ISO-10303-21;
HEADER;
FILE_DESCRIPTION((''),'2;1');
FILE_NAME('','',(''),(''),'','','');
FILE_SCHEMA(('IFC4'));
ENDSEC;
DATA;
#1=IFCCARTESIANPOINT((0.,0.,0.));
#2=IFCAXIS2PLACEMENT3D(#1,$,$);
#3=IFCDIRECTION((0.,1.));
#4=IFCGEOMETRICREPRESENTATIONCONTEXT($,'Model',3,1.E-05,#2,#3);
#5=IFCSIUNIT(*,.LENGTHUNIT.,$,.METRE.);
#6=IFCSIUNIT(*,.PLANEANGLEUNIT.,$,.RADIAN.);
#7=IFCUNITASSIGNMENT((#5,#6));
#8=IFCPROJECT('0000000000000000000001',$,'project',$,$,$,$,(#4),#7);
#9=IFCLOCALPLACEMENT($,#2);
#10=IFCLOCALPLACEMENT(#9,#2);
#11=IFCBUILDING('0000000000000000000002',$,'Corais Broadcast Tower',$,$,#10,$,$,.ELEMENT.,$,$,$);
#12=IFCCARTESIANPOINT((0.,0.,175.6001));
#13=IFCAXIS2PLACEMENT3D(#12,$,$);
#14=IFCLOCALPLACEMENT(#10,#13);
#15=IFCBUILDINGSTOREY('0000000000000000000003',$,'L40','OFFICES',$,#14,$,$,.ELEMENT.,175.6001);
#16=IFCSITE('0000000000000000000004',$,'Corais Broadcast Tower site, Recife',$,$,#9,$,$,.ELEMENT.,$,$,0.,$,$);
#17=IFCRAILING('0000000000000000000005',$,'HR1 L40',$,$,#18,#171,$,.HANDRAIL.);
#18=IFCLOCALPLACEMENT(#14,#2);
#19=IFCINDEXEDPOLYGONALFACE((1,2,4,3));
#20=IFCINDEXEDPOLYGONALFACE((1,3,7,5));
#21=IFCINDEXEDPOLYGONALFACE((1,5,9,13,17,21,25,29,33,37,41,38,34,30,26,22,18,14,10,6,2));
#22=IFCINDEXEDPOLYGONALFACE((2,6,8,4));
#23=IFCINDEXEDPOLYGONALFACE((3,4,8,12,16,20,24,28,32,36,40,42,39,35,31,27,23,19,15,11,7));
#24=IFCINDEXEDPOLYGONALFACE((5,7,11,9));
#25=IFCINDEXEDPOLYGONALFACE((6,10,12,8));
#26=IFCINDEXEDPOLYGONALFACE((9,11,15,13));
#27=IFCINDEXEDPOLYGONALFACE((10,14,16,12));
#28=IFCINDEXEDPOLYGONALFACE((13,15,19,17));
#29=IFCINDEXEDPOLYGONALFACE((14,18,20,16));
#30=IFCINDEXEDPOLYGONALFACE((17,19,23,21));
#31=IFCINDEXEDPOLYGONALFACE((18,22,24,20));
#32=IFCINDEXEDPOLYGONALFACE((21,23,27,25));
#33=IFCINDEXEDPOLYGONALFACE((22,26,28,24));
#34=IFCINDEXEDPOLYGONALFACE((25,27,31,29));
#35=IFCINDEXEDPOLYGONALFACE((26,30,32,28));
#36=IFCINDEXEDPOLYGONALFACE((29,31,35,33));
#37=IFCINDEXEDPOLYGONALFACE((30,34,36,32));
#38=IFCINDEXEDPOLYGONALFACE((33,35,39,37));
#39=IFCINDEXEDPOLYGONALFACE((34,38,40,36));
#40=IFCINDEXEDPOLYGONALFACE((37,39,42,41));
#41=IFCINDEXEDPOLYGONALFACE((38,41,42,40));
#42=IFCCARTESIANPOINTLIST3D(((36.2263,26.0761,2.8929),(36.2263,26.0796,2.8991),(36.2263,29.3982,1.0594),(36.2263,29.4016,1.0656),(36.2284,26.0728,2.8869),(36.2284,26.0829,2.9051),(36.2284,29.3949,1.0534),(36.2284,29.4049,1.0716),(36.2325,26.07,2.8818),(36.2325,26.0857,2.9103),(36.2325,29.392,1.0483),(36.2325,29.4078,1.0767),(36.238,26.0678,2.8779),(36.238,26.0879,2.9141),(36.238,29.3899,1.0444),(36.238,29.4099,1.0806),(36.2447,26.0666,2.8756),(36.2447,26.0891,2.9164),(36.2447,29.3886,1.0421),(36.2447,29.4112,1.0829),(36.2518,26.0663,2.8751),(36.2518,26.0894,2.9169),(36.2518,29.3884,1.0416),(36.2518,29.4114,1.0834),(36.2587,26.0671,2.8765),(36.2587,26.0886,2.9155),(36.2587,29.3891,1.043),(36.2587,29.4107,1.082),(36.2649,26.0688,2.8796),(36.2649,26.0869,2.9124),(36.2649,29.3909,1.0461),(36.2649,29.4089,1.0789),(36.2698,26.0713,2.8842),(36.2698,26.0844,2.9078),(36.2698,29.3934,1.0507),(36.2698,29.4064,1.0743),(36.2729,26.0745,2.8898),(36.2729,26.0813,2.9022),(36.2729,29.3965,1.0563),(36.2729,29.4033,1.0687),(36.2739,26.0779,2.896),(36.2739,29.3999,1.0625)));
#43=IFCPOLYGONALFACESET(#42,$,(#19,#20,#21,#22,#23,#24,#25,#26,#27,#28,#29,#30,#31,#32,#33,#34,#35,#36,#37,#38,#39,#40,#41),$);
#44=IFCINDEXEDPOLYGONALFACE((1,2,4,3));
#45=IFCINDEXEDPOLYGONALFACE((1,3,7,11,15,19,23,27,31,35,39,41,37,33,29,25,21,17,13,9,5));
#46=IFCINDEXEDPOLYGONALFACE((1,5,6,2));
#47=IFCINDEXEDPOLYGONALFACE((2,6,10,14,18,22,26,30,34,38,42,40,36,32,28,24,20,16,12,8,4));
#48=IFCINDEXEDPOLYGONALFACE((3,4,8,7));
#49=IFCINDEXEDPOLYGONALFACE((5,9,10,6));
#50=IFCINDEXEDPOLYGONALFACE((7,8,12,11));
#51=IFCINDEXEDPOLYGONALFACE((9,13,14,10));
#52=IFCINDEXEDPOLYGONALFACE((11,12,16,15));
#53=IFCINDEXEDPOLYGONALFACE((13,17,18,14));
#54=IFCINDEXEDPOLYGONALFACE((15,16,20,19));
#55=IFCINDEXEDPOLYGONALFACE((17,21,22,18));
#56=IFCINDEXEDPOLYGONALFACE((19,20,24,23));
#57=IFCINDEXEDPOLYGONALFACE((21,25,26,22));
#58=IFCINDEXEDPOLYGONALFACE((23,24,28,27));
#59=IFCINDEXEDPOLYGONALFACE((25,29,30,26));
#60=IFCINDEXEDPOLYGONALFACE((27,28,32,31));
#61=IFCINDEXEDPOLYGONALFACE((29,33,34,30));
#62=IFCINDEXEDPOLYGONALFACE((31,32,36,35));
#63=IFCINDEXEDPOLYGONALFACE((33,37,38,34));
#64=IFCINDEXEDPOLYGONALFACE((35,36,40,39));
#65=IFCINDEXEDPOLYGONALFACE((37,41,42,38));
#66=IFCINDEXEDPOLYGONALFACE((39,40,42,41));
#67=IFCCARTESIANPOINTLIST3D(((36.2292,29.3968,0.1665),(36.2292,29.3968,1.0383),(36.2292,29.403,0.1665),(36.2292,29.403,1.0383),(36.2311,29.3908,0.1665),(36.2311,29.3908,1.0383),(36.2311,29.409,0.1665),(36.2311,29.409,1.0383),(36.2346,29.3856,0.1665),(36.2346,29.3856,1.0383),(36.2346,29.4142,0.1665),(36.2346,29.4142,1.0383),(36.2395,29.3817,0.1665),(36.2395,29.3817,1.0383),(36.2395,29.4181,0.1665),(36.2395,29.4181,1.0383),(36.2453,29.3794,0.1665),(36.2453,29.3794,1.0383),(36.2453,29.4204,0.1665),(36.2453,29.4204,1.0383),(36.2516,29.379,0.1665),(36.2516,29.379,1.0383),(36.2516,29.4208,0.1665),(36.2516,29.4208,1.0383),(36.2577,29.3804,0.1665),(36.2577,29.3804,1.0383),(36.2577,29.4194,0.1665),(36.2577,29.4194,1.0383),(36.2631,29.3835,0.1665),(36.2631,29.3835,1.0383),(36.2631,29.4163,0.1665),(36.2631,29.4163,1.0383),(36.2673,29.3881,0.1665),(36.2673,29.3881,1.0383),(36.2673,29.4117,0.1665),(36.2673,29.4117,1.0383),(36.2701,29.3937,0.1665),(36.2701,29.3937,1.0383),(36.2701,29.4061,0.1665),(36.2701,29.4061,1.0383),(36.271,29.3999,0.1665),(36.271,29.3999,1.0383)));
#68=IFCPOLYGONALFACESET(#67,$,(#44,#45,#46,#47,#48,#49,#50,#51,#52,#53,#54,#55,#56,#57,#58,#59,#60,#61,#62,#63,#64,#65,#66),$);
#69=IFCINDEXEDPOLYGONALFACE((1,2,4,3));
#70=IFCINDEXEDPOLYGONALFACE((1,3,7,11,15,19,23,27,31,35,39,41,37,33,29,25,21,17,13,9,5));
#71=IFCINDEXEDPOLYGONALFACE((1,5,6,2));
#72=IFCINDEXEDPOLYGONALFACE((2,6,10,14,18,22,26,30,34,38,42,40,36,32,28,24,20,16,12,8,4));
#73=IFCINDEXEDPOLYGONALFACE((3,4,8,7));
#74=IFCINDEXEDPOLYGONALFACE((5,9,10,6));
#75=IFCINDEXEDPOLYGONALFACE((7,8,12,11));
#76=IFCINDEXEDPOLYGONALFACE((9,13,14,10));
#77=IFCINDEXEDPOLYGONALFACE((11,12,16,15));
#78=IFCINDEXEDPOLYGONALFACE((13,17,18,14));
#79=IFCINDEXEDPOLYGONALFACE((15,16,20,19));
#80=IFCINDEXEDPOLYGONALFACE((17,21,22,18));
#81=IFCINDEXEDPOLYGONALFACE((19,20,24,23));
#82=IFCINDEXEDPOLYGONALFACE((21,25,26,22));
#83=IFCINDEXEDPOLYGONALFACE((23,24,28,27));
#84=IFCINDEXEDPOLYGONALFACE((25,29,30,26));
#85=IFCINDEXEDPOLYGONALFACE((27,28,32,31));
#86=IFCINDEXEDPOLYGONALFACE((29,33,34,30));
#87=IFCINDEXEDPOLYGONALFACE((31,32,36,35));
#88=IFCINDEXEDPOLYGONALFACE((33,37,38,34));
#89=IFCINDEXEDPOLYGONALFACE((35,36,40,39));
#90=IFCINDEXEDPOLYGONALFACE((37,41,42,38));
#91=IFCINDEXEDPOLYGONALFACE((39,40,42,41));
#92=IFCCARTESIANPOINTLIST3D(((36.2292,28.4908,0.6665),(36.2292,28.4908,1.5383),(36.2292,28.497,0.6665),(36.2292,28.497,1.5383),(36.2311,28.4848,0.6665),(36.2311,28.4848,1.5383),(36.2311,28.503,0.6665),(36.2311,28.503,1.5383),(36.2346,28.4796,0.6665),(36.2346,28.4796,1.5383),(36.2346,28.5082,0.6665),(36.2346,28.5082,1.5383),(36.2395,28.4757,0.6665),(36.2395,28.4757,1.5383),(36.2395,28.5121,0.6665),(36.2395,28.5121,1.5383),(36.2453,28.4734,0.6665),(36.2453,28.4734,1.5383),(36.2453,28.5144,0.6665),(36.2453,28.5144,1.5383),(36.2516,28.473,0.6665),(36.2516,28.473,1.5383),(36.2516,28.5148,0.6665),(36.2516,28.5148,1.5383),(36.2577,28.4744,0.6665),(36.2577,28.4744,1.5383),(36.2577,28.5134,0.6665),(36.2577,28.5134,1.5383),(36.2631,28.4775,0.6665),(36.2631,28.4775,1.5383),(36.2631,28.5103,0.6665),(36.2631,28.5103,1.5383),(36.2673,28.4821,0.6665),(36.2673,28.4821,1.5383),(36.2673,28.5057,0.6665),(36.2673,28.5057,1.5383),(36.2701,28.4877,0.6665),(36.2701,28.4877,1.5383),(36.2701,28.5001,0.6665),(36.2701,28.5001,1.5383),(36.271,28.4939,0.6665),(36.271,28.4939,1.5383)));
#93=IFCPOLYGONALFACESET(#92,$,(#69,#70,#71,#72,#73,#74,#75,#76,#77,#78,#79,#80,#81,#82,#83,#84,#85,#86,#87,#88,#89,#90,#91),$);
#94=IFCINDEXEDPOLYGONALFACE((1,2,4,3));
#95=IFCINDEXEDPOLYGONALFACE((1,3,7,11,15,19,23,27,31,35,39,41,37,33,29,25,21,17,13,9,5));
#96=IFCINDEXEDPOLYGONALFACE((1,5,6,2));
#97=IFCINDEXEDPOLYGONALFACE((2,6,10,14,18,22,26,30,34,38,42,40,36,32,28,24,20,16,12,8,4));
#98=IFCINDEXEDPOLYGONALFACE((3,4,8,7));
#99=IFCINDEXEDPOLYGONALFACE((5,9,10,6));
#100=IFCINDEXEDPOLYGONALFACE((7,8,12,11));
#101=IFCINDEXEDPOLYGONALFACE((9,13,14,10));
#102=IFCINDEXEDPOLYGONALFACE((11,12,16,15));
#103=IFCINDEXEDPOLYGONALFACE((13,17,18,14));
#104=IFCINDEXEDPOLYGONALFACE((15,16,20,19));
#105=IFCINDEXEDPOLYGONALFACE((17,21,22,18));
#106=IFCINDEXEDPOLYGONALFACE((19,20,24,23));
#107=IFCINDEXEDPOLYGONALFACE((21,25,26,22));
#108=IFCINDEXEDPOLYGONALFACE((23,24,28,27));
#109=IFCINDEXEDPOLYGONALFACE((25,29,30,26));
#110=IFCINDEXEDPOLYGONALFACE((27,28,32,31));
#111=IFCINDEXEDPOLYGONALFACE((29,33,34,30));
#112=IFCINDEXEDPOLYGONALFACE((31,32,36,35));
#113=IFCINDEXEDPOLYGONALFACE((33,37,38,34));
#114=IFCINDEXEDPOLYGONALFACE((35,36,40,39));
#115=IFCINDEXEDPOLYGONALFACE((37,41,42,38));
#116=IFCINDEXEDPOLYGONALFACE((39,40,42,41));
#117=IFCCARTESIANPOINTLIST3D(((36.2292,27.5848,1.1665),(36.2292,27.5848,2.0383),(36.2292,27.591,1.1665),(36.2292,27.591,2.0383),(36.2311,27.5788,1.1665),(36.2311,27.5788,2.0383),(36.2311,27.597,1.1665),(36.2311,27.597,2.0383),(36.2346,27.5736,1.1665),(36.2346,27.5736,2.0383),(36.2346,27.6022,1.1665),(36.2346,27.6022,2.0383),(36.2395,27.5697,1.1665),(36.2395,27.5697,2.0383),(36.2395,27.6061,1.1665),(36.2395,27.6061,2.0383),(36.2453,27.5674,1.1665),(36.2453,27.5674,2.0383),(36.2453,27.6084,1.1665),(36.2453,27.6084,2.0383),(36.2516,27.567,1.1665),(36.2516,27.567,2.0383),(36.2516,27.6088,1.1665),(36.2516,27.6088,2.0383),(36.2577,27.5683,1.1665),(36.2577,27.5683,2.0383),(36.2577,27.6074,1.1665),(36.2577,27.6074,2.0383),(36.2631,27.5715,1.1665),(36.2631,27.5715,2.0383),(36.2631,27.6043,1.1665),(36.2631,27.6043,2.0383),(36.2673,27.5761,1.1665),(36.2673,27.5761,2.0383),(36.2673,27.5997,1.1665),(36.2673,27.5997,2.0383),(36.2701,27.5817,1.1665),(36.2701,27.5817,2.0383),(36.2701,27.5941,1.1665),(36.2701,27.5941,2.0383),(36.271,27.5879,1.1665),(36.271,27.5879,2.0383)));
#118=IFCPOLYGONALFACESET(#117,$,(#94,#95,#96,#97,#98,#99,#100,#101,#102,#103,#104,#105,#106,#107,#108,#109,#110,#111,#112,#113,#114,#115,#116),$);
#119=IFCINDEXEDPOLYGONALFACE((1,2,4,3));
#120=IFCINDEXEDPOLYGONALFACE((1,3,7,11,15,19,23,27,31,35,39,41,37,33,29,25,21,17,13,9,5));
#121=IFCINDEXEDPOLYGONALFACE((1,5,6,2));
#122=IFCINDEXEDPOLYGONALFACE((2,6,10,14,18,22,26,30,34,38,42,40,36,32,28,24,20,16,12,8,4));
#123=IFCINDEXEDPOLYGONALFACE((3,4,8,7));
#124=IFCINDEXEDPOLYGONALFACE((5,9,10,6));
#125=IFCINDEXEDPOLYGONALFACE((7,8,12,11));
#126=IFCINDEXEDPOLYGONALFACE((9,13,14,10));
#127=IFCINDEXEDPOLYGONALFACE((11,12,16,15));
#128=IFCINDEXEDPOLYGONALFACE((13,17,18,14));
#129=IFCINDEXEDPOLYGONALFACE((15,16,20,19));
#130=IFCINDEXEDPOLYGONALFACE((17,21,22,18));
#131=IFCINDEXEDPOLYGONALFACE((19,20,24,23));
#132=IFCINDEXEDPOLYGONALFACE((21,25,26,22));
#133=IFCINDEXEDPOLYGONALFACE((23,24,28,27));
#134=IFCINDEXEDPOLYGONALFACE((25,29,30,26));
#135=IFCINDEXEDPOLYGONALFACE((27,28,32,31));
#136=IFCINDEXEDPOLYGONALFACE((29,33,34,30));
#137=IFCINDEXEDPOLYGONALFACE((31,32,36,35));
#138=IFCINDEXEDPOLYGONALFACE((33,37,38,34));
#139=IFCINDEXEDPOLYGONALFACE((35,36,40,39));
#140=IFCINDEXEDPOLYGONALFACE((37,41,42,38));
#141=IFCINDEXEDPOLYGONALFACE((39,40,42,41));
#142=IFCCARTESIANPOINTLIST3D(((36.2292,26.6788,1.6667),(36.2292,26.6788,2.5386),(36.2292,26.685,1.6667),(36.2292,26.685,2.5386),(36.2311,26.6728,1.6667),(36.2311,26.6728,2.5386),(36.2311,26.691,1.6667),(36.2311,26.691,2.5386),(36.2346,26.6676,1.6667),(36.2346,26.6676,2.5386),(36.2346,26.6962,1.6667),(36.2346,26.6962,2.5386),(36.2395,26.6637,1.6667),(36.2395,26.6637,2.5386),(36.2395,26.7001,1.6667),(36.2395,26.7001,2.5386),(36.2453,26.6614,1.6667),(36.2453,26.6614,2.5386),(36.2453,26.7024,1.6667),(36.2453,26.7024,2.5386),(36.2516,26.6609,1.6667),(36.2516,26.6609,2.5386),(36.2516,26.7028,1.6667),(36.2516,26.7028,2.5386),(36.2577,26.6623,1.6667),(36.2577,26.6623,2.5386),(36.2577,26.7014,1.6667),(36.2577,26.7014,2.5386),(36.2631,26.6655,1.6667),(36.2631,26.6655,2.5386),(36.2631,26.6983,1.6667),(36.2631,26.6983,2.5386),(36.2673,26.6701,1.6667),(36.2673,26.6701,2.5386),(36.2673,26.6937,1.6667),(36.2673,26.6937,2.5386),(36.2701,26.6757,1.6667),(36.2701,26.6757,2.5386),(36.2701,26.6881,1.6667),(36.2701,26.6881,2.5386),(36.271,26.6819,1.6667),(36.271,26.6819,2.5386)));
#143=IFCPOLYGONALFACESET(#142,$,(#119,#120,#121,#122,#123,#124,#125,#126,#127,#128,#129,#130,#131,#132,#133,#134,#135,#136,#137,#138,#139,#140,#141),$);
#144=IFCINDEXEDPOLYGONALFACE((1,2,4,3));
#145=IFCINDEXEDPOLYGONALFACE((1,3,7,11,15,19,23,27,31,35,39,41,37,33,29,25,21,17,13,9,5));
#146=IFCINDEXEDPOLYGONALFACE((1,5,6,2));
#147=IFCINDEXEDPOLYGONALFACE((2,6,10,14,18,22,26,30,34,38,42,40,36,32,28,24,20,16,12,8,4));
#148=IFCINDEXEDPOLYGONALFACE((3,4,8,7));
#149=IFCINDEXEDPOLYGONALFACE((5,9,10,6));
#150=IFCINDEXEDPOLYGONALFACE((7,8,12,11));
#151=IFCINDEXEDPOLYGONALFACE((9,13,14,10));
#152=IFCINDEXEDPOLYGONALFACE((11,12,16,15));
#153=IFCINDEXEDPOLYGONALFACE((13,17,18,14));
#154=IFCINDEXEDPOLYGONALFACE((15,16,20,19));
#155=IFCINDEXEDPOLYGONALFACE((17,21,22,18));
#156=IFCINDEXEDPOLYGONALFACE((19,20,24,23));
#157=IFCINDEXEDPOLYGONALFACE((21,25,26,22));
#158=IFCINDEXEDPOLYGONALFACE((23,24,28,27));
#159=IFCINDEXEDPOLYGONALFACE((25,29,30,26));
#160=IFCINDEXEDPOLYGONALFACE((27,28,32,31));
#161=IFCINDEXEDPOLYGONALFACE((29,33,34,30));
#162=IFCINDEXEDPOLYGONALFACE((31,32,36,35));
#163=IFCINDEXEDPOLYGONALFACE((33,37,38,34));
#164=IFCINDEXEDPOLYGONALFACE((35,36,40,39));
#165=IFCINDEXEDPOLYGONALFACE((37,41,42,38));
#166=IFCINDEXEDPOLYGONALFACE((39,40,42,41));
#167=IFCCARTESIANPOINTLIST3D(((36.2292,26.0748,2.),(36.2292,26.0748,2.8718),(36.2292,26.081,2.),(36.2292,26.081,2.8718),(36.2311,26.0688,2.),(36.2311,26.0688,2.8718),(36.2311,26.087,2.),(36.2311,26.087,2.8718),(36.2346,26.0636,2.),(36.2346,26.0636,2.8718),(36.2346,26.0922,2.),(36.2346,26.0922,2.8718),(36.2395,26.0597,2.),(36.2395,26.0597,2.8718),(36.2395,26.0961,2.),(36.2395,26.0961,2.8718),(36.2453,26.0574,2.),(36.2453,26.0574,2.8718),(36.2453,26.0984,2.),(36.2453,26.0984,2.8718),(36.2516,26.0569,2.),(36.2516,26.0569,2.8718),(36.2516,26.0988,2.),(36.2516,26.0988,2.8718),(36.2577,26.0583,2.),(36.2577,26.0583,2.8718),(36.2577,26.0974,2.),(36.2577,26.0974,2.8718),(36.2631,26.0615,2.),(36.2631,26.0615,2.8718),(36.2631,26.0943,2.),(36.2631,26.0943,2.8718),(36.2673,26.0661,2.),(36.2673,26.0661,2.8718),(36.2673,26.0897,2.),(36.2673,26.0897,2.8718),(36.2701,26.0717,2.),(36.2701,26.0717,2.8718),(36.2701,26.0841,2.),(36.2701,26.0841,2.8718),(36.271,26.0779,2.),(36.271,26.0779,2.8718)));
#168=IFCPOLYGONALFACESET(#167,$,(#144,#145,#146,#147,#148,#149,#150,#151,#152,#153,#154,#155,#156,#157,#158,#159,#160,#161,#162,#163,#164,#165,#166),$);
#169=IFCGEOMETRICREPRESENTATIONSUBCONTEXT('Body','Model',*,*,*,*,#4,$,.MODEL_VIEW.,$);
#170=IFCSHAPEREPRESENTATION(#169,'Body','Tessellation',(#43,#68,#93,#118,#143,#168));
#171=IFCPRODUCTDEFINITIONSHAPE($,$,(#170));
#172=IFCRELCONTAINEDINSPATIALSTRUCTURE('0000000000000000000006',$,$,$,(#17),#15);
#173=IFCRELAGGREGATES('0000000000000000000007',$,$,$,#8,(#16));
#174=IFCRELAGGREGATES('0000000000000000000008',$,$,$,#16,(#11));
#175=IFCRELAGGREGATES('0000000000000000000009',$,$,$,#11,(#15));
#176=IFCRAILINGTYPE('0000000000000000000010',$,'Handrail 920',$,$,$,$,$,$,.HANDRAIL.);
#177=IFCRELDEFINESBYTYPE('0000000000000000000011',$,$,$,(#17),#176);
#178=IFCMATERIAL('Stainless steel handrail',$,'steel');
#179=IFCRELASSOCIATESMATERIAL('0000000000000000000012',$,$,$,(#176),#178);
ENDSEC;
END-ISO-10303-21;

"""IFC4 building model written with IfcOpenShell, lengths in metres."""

from ifc_helpers import new_model, si_unit, direction, frame, origin, origin_2d, place, context, subcontext, project, spatial, circle, extrude, material, type_object, element, save


model = new_model("IFC4")

# Units and contexts
model_context = context("Model", 3, precision=1e-05, world=origin(), true_north=direction((0.0, 1.0)))
body_context = subcontext(model_context, "Body", "Model", "MODEL_VIEW")
ifc_project = project(units=[si_unit("LENGTHUNIT", "METRE"), si_unit("PLANEANGLEUNIT", "RADIAN")], contexts=[model_context])

# Site, building, storey
site_placement = place(None, origin())
site = spatial("IfcSite", under=ifc_project, at=site_placement, Name="Corais Broadcast Tower site, Recife", CompositionType="ELEMENT", RefElevation=0.0)
building_placement = place(site_placement, origin())
building = spatial("IfcBuilding", under=site, at=building_placement, Name="Corais Broadcast Tower", CompositionType="ELEMENT")
storey_placement = place(building_placement, frame((0.0, 0.0, 175.6001)))
storey = spatial("IfcBuildingStorey", under=building, at=storey_placement, Name="L40", Description="OFFICES", CompositionType="ELEMENT", Elevation=175.6001)

# Railing
ifc_material_1 = material(Name="Stainless steel handrail", Category="steel")
railing_type = type_object("IfcRailingType", Name="Handrail 920", PredefinedType="HANDRAIL", material=ifc_material_1)
for number, where, name in (
    (1, (36.25, 29.3999, 0.1665), "HR1 L40"),
):
    element("IfcRailing", number, at=place(storey_placement, frame(where)), inside=storey, type_object=railing_type, Name=name, PredefinedType="HANDRAIL", context=body_context, shape_type="SweptSolid", body=[
        extrude(circle(Radius=0.0239, at=origin_2d()), frame((0.0, 0.0, 0.896), z_axis=(0.0, -0.875504, 0.48321), x_axis=(1.0, 0.0, 0.0)), (0.0, 0.0, 1.0), 3.7944),
        extrude(circle(Radius=0.021, at=origin_2d()), origin(), (0.0, 0.0, 1.0), 0.8718),
        extrude(circle(Radius=0.021, at=origin_2d()), frame((0.0, -0.906, 0.5)), (0.0, 0.0, 1.0), 0.8718),
        extrude(circle(Radius=0.021, at=origin_2d()), frame((0.0, -1.812, 1.0)), (0.0, 0.0, 1.0), 0.8718),
        extrude(circle(Radius=0.021, at=origin_2d()), frame((0.0, -2.718, 1.5002)), (0.0, 0.0, 1.0), 0.8718),
        extrude(circle(Radius=0.021, at=origin_2d()), frame((0.0, -3.322, 1.8335)), (0.0, 0.0, 1.0), 0.8718),
    ])

save(model, "model.ifc")
